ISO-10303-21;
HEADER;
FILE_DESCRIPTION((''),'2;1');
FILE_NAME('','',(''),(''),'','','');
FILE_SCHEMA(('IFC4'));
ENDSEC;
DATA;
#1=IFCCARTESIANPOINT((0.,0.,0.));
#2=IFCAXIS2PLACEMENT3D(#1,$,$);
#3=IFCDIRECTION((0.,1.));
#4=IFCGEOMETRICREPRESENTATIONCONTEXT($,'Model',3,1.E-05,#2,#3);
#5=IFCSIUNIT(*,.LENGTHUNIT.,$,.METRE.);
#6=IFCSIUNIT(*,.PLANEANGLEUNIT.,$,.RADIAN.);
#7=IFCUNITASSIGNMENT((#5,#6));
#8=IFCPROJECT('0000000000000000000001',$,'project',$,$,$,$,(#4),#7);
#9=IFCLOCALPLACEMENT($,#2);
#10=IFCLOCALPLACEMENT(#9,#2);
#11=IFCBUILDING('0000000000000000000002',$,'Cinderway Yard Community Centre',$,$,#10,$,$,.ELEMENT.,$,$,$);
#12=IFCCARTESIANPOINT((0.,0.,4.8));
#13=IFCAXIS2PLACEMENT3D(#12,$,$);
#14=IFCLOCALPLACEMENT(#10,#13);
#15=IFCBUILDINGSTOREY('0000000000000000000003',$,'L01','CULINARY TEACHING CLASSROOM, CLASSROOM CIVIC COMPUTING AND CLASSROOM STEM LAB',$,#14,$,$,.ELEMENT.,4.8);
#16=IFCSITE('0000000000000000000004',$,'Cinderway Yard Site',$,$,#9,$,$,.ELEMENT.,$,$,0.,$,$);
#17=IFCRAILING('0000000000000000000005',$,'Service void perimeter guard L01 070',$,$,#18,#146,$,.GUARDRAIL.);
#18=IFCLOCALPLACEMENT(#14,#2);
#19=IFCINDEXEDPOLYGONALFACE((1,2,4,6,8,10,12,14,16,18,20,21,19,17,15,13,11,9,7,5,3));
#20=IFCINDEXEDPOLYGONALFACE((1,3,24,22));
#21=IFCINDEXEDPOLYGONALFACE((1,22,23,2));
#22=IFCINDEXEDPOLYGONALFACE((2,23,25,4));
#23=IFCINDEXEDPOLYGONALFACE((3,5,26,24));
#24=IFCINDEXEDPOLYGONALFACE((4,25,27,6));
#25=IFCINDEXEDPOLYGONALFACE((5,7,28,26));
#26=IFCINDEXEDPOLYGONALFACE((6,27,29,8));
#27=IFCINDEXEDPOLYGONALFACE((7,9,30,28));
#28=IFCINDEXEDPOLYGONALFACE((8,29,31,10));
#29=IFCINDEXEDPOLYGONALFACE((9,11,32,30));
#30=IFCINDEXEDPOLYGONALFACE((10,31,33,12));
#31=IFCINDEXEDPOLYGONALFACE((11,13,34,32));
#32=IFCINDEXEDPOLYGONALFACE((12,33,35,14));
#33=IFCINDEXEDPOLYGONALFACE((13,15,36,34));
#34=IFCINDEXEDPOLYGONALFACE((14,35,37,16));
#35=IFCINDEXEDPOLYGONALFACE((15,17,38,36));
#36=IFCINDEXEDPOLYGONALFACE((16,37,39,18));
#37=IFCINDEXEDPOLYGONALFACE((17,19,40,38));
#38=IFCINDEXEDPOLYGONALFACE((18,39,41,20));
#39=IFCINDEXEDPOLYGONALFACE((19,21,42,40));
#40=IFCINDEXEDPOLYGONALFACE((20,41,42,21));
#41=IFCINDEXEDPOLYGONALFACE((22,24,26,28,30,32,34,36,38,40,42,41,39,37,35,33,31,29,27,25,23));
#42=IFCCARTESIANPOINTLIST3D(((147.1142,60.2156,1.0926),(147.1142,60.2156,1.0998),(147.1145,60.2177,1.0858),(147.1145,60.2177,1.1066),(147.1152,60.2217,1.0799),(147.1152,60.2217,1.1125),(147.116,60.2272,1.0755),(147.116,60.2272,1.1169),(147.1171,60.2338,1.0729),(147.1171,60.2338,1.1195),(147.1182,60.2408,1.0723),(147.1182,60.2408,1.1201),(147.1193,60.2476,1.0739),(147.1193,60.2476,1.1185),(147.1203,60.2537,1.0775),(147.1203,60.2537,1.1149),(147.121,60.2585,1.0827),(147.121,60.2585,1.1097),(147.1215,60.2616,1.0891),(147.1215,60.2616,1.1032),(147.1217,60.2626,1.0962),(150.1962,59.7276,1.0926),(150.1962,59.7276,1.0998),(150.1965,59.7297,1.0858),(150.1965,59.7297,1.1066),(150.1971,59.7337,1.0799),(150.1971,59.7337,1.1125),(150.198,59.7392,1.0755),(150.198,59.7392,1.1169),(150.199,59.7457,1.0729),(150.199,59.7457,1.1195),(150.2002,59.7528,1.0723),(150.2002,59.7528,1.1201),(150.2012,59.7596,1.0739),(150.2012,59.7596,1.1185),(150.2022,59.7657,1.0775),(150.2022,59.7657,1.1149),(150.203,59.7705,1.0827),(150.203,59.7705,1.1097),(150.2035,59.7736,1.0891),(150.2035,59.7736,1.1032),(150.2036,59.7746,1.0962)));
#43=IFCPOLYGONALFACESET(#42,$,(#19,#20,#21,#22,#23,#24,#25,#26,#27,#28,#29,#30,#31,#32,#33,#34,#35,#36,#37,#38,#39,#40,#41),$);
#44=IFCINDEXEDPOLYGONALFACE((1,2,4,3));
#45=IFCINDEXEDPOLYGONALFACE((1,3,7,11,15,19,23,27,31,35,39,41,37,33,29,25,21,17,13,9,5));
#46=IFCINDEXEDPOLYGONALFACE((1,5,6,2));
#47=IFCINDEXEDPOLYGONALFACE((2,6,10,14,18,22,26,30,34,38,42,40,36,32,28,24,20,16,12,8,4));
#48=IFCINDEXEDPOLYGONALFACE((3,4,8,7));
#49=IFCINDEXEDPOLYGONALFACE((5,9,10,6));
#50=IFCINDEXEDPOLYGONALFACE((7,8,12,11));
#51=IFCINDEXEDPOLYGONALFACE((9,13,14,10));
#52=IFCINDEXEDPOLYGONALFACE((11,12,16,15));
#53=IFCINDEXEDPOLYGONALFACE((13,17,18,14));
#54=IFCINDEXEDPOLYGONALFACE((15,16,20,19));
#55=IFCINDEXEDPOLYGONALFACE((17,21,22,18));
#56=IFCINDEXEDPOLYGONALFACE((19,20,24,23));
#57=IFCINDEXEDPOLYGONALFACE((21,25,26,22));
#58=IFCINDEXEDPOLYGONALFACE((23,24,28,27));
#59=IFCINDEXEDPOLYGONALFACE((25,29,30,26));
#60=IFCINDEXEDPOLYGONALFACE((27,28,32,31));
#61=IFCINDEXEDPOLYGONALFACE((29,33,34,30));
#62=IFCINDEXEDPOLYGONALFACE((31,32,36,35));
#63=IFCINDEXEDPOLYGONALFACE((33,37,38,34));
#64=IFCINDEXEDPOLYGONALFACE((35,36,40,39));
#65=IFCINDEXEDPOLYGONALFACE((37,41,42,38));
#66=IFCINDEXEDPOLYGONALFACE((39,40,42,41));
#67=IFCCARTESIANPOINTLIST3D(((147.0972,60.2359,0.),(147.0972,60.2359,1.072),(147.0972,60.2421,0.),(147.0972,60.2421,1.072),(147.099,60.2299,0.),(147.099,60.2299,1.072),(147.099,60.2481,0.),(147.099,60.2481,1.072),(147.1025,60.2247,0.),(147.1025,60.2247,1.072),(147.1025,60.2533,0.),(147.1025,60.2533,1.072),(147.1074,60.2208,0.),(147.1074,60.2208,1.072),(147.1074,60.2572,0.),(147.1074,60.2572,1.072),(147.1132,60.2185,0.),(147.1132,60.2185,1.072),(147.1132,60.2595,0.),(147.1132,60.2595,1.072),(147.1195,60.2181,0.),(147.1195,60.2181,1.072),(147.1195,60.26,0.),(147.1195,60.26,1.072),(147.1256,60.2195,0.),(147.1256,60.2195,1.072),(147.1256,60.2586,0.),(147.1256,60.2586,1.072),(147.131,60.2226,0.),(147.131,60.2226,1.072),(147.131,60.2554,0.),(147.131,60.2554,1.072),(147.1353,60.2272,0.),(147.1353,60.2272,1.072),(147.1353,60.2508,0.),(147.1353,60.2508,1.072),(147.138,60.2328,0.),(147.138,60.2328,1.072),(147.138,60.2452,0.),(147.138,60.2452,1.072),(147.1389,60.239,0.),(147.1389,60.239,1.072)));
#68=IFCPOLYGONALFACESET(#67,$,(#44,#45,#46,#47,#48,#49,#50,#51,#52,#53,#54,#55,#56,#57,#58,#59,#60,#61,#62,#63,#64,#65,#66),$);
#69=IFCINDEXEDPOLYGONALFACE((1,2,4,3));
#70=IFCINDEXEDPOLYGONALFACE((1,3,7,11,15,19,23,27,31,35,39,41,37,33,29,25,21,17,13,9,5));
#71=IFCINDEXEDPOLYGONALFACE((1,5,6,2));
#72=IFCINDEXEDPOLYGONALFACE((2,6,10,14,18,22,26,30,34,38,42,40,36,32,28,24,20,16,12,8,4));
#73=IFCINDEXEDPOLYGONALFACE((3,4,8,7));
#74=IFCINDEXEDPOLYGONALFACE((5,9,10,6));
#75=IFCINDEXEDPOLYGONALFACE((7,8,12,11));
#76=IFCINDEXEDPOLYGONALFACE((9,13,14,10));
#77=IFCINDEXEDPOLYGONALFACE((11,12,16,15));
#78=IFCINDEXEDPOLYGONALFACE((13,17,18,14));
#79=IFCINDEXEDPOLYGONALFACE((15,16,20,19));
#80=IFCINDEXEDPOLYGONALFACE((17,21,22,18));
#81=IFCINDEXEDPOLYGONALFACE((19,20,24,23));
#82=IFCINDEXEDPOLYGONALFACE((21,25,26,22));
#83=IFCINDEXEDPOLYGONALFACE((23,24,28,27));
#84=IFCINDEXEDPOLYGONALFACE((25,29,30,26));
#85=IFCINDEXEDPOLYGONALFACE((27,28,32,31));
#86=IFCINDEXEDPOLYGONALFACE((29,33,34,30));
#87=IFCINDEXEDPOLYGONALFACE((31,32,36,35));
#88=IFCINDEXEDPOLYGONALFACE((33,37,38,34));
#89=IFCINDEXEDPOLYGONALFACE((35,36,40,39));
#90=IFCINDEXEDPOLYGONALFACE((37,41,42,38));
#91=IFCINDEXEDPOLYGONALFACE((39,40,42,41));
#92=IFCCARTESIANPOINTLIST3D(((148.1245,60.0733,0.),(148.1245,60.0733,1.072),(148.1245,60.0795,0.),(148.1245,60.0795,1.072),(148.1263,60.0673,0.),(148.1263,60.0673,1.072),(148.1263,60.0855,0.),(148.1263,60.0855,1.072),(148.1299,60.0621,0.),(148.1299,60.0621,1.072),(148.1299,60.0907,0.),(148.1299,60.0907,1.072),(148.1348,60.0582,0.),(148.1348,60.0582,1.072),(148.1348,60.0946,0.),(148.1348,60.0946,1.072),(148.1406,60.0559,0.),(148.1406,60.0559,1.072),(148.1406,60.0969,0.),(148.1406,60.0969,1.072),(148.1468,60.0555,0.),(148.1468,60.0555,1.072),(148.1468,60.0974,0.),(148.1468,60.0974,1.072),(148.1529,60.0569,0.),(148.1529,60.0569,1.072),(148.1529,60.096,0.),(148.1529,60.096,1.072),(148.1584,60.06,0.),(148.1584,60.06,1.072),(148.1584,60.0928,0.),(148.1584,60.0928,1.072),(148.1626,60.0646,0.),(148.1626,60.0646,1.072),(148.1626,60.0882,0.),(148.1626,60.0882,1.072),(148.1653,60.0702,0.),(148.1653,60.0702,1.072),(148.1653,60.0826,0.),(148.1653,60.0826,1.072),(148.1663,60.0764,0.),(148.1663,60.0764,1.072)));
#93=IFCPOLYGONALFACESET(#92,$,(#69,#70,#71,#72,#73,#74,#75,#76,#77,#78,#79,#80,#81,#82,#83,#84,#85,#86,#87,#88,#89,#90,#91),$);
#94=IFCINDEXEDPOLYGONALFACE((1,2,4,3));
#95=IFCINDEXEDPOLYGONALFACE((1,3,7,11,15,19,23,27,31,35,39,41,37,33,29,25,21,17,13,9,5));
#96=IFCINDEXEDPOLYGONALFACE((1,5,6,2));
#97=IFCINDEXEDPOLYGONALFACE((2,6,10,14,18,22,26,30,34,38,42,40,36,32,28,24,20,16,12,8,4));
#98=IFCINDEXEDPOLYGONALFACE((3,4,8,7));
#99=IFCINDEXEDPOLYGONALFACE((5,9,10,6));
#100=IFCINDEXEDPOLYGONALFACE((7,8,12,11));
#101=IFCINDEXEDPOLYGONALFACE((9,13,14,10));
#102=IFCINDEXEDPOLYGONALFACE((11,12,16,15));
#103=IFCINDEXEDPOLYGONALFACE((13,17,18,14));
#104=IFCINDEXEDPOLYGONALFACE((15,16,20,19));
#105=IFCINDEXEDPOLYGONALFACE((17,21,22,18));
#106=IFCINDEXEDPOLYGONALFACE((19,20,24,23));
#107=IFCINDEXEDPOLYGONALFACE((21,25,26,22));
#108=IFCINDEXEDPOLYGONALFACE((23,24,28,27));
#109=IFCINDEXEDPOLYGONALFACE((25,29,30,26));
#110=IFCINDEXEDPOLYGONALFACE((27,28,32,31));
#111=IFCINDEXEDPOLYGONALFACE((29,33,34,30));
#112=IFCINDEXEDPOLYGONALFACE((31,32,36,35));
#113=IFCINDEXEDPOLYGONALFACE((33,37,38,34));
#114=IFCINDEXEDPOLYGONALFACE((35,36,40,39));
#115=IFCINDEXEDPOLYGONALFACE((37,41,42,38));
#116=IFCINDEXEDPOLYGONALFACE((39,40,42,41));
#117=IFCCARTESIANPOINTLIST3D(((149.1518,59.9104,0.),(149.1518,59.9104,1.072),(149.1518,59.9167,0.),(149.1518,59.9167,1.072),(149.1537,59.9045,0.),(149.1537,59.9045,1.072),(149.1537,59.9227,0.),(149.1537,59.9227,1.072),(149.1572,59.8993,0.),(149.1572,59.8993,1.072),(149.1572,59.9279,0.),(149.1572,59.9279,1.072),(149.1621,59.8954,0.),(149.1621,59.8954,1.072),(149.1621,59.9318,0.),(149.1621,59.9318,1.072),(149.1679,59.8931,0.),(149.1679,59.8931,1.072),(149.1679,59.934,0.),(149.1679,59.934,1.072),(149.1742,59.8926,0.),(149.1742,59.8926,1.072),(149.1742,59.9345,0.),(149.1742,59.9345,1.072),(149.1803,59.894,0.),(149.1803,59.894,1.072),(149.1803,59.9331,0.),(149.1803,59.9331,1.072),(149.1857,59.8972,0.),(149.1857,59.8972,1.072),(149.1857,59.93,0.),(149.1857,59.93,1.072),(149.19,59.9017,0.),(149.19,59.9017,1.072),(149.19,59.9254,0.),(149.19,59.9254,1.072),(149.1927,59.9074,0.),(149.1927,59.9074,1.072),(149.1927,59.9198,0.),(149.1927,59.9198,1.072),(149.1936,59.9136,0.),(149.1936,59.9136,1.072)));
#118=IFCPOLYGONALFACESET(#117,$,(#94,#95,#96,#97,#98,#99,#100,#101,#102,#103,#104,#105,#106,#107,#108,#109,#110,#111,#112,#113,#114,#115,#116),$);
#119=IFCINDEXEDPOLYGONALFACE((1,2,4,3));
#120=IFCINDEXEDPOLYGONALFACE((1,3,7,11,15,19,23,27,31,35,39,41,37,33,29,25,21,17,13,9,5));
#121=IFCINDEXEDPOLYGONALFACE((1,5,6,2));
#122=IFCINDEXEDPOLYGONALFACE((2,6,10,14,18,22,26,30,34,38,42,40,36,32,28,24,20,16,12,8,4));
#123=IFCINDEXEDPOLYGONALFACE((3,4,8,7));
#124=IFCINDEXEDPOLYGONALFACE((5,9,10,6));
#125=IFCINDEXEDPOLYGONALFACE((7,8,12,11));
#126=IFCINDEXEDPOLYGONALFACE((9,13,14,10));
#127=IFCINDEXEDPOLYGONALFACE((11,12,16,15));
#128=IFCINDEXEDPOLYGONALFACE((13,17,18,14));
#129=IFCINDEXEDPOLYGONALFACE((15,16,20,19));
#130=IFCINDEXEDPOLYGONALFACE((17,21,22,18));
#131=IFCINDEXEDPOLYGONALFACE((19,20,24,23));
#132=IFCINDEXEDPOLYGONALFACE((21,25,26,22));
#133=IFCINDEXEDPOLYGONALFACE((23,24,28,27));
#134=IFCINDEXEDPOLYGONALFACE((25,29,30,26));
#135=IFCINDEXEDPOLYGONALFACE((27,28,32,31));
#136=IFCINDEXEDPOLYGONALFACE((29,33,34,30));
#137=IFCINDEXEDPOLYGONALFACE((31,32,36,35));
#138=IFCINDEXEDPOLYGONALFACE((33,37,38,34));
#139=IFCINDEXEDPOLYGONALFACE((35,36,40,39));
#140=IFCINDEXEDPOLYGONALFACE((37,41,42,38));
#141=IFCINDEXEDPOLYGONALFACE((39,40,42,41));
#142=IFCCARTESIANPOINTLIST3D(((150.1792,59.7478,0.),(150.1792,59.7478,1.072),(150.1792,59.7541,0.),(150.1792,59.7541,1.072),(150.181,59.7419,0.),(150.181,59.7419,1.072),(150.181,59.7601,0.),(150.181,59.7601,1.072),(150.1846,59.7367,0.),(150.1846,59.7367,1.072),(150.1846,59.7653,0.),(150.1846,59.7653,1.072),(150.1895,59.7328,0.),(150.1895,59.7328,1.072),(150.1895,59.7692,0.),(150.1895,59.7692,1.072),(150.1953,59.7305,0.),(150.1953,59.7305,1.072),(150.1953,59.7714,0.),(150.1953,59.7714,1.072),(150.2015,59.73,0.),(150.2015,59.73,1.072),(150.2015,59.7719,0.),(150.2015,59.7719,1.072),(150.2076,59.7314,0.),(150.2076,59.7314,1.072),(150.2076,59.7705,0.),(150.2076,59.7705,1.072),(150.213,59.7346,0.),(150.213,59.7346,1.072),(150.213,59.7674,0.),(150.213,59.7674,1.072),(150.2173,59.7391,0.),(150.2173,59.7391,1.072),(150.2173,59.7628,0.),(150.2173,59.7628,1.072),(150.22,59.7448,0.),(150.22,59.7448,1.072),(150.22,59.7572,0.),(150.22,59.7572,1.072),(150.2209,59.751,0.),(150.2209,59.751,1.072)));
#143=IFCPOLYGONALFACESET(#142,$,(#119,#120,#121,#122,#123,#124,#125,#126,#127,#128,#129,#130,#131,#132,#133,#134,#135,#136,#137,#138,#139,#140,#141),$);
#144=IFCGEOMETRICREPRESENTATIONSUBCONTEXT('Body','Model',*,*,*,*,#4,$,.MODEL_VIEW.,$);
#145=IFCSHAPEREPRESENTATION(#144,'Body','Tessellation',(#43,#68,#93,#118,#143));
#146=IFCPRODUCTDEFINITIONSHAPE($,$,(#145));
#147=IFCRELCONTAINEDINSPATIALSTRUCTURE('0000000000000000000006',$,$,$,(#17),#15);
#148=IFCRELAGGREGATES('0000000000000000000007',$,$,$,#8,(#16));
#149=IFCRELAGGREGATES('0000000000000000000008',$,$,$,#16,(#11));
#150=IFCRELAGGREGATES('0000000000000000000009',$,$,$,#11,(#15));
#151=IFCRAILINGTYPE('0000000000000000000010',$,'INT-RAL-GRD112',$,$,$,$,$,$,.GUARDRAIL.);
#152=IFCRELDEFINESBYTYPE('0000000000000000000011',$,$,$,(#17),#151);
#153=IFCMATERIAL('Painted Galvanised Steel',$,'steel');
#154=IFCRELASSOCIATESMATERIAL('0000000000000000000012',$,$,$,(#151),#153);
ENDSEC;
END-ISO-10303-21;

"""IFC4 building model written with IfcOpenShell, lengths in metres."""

from ifc_helpers import new_model, si_unit, direction, frame, origin, origin_2d, place, context, subcontext, project, spatial, circle, extrude, material, type_object, element, save


model = new_model("IFC4")

# Units and contexts
model_context = context("Model", 3, precision=1e-05, world=origin(), true_north=direction((0.0, 1.0)))
body_context = subcontext(model_context, "Body", "Model", "MODEL_VIEW")
ifc_project = project(units=[si_unit("LENGTHUNIT", "METRE"), si_unit("PLANEANGLEUNIT", "RADIAN")], contexts=[model_context])

# Site, building, storey
site_placement = place(None, origin())
site = spatial("IfcSite", under=ifc_project, at=site_placement, Name="Cinderway Yard Site", CompositionType="ELEMENT", RefElevation=0.0)
building_placement = place(site_placement, origin())
building = spatial("IfcBuilding", under=site, at=building_placement, Name="Cinderway Yard Community Centre", CompositionType="ELEMENT")
storey_placement = place(building_placement, frame((0.0, 0.0, 4.8)))
storey = spatial("IfcBuildingStorey", under=building, at=storey_placement, Name="L01", Description="CULINARY TEACHING CLASSROOM, CLASSROOM CIVIC COMPUTING AND CLASSROOM STEM LAB", CompositionType="ELEMENT", Elevation=4.8)

# Railing
ifc_material_1 = material(Name="Painted Galvanised Steel", Category="steel")
railing_type_1 = type_object("IfcRailingType", Name="INT-RAL-GRD112", PredefinedType="GUARDRAIL", material=ifc_material_1)
railing_1_placement = place(storey_placement, frame((147.1179, 60.239, 0.0)))
element("IfcRailing", 1, at=railing_1_placement, inside=storey, type_object=railing_type_1, Name="Service void perimeter guard L01 070", PredefinedType="GUARDRAIL", context=body_context, shape_type="SweptSolid", body=[
    extrude(circle(Radius=0.0239, at=origin_2d()), frame((0.0, 0.0, 1.0962), z_axis=(0.987694, -0.1564, 0.0), x_axis=(0.1564, 0.987694, 0.0)), (0.0, 0.0, 1.0), 3.1204),
    extrude(circle(Radius=0.021, at=origin_2d()), origin(), (0.0, 0.0, 1.0), 1.072),
    extrude(circle(Radius=0.021, at=origin_2d()), frame((1.0273, -0.1626, 0.0)), (0.0, 0.0, 1.0), 1.072),
    extrude(circle(Radius=0.021, at=origin_2d()), frame((2.0547, -0.3254, 0.0)), (0.0, 0.0, 1.0), 1.072),
    extrude(circle(Radius=0.021, at=origin_2d()), frame((3.082, -0.488, 0.0)), (0.0, 0.0, 1.0), 1.072),
])

save(model, "model.ifc")
